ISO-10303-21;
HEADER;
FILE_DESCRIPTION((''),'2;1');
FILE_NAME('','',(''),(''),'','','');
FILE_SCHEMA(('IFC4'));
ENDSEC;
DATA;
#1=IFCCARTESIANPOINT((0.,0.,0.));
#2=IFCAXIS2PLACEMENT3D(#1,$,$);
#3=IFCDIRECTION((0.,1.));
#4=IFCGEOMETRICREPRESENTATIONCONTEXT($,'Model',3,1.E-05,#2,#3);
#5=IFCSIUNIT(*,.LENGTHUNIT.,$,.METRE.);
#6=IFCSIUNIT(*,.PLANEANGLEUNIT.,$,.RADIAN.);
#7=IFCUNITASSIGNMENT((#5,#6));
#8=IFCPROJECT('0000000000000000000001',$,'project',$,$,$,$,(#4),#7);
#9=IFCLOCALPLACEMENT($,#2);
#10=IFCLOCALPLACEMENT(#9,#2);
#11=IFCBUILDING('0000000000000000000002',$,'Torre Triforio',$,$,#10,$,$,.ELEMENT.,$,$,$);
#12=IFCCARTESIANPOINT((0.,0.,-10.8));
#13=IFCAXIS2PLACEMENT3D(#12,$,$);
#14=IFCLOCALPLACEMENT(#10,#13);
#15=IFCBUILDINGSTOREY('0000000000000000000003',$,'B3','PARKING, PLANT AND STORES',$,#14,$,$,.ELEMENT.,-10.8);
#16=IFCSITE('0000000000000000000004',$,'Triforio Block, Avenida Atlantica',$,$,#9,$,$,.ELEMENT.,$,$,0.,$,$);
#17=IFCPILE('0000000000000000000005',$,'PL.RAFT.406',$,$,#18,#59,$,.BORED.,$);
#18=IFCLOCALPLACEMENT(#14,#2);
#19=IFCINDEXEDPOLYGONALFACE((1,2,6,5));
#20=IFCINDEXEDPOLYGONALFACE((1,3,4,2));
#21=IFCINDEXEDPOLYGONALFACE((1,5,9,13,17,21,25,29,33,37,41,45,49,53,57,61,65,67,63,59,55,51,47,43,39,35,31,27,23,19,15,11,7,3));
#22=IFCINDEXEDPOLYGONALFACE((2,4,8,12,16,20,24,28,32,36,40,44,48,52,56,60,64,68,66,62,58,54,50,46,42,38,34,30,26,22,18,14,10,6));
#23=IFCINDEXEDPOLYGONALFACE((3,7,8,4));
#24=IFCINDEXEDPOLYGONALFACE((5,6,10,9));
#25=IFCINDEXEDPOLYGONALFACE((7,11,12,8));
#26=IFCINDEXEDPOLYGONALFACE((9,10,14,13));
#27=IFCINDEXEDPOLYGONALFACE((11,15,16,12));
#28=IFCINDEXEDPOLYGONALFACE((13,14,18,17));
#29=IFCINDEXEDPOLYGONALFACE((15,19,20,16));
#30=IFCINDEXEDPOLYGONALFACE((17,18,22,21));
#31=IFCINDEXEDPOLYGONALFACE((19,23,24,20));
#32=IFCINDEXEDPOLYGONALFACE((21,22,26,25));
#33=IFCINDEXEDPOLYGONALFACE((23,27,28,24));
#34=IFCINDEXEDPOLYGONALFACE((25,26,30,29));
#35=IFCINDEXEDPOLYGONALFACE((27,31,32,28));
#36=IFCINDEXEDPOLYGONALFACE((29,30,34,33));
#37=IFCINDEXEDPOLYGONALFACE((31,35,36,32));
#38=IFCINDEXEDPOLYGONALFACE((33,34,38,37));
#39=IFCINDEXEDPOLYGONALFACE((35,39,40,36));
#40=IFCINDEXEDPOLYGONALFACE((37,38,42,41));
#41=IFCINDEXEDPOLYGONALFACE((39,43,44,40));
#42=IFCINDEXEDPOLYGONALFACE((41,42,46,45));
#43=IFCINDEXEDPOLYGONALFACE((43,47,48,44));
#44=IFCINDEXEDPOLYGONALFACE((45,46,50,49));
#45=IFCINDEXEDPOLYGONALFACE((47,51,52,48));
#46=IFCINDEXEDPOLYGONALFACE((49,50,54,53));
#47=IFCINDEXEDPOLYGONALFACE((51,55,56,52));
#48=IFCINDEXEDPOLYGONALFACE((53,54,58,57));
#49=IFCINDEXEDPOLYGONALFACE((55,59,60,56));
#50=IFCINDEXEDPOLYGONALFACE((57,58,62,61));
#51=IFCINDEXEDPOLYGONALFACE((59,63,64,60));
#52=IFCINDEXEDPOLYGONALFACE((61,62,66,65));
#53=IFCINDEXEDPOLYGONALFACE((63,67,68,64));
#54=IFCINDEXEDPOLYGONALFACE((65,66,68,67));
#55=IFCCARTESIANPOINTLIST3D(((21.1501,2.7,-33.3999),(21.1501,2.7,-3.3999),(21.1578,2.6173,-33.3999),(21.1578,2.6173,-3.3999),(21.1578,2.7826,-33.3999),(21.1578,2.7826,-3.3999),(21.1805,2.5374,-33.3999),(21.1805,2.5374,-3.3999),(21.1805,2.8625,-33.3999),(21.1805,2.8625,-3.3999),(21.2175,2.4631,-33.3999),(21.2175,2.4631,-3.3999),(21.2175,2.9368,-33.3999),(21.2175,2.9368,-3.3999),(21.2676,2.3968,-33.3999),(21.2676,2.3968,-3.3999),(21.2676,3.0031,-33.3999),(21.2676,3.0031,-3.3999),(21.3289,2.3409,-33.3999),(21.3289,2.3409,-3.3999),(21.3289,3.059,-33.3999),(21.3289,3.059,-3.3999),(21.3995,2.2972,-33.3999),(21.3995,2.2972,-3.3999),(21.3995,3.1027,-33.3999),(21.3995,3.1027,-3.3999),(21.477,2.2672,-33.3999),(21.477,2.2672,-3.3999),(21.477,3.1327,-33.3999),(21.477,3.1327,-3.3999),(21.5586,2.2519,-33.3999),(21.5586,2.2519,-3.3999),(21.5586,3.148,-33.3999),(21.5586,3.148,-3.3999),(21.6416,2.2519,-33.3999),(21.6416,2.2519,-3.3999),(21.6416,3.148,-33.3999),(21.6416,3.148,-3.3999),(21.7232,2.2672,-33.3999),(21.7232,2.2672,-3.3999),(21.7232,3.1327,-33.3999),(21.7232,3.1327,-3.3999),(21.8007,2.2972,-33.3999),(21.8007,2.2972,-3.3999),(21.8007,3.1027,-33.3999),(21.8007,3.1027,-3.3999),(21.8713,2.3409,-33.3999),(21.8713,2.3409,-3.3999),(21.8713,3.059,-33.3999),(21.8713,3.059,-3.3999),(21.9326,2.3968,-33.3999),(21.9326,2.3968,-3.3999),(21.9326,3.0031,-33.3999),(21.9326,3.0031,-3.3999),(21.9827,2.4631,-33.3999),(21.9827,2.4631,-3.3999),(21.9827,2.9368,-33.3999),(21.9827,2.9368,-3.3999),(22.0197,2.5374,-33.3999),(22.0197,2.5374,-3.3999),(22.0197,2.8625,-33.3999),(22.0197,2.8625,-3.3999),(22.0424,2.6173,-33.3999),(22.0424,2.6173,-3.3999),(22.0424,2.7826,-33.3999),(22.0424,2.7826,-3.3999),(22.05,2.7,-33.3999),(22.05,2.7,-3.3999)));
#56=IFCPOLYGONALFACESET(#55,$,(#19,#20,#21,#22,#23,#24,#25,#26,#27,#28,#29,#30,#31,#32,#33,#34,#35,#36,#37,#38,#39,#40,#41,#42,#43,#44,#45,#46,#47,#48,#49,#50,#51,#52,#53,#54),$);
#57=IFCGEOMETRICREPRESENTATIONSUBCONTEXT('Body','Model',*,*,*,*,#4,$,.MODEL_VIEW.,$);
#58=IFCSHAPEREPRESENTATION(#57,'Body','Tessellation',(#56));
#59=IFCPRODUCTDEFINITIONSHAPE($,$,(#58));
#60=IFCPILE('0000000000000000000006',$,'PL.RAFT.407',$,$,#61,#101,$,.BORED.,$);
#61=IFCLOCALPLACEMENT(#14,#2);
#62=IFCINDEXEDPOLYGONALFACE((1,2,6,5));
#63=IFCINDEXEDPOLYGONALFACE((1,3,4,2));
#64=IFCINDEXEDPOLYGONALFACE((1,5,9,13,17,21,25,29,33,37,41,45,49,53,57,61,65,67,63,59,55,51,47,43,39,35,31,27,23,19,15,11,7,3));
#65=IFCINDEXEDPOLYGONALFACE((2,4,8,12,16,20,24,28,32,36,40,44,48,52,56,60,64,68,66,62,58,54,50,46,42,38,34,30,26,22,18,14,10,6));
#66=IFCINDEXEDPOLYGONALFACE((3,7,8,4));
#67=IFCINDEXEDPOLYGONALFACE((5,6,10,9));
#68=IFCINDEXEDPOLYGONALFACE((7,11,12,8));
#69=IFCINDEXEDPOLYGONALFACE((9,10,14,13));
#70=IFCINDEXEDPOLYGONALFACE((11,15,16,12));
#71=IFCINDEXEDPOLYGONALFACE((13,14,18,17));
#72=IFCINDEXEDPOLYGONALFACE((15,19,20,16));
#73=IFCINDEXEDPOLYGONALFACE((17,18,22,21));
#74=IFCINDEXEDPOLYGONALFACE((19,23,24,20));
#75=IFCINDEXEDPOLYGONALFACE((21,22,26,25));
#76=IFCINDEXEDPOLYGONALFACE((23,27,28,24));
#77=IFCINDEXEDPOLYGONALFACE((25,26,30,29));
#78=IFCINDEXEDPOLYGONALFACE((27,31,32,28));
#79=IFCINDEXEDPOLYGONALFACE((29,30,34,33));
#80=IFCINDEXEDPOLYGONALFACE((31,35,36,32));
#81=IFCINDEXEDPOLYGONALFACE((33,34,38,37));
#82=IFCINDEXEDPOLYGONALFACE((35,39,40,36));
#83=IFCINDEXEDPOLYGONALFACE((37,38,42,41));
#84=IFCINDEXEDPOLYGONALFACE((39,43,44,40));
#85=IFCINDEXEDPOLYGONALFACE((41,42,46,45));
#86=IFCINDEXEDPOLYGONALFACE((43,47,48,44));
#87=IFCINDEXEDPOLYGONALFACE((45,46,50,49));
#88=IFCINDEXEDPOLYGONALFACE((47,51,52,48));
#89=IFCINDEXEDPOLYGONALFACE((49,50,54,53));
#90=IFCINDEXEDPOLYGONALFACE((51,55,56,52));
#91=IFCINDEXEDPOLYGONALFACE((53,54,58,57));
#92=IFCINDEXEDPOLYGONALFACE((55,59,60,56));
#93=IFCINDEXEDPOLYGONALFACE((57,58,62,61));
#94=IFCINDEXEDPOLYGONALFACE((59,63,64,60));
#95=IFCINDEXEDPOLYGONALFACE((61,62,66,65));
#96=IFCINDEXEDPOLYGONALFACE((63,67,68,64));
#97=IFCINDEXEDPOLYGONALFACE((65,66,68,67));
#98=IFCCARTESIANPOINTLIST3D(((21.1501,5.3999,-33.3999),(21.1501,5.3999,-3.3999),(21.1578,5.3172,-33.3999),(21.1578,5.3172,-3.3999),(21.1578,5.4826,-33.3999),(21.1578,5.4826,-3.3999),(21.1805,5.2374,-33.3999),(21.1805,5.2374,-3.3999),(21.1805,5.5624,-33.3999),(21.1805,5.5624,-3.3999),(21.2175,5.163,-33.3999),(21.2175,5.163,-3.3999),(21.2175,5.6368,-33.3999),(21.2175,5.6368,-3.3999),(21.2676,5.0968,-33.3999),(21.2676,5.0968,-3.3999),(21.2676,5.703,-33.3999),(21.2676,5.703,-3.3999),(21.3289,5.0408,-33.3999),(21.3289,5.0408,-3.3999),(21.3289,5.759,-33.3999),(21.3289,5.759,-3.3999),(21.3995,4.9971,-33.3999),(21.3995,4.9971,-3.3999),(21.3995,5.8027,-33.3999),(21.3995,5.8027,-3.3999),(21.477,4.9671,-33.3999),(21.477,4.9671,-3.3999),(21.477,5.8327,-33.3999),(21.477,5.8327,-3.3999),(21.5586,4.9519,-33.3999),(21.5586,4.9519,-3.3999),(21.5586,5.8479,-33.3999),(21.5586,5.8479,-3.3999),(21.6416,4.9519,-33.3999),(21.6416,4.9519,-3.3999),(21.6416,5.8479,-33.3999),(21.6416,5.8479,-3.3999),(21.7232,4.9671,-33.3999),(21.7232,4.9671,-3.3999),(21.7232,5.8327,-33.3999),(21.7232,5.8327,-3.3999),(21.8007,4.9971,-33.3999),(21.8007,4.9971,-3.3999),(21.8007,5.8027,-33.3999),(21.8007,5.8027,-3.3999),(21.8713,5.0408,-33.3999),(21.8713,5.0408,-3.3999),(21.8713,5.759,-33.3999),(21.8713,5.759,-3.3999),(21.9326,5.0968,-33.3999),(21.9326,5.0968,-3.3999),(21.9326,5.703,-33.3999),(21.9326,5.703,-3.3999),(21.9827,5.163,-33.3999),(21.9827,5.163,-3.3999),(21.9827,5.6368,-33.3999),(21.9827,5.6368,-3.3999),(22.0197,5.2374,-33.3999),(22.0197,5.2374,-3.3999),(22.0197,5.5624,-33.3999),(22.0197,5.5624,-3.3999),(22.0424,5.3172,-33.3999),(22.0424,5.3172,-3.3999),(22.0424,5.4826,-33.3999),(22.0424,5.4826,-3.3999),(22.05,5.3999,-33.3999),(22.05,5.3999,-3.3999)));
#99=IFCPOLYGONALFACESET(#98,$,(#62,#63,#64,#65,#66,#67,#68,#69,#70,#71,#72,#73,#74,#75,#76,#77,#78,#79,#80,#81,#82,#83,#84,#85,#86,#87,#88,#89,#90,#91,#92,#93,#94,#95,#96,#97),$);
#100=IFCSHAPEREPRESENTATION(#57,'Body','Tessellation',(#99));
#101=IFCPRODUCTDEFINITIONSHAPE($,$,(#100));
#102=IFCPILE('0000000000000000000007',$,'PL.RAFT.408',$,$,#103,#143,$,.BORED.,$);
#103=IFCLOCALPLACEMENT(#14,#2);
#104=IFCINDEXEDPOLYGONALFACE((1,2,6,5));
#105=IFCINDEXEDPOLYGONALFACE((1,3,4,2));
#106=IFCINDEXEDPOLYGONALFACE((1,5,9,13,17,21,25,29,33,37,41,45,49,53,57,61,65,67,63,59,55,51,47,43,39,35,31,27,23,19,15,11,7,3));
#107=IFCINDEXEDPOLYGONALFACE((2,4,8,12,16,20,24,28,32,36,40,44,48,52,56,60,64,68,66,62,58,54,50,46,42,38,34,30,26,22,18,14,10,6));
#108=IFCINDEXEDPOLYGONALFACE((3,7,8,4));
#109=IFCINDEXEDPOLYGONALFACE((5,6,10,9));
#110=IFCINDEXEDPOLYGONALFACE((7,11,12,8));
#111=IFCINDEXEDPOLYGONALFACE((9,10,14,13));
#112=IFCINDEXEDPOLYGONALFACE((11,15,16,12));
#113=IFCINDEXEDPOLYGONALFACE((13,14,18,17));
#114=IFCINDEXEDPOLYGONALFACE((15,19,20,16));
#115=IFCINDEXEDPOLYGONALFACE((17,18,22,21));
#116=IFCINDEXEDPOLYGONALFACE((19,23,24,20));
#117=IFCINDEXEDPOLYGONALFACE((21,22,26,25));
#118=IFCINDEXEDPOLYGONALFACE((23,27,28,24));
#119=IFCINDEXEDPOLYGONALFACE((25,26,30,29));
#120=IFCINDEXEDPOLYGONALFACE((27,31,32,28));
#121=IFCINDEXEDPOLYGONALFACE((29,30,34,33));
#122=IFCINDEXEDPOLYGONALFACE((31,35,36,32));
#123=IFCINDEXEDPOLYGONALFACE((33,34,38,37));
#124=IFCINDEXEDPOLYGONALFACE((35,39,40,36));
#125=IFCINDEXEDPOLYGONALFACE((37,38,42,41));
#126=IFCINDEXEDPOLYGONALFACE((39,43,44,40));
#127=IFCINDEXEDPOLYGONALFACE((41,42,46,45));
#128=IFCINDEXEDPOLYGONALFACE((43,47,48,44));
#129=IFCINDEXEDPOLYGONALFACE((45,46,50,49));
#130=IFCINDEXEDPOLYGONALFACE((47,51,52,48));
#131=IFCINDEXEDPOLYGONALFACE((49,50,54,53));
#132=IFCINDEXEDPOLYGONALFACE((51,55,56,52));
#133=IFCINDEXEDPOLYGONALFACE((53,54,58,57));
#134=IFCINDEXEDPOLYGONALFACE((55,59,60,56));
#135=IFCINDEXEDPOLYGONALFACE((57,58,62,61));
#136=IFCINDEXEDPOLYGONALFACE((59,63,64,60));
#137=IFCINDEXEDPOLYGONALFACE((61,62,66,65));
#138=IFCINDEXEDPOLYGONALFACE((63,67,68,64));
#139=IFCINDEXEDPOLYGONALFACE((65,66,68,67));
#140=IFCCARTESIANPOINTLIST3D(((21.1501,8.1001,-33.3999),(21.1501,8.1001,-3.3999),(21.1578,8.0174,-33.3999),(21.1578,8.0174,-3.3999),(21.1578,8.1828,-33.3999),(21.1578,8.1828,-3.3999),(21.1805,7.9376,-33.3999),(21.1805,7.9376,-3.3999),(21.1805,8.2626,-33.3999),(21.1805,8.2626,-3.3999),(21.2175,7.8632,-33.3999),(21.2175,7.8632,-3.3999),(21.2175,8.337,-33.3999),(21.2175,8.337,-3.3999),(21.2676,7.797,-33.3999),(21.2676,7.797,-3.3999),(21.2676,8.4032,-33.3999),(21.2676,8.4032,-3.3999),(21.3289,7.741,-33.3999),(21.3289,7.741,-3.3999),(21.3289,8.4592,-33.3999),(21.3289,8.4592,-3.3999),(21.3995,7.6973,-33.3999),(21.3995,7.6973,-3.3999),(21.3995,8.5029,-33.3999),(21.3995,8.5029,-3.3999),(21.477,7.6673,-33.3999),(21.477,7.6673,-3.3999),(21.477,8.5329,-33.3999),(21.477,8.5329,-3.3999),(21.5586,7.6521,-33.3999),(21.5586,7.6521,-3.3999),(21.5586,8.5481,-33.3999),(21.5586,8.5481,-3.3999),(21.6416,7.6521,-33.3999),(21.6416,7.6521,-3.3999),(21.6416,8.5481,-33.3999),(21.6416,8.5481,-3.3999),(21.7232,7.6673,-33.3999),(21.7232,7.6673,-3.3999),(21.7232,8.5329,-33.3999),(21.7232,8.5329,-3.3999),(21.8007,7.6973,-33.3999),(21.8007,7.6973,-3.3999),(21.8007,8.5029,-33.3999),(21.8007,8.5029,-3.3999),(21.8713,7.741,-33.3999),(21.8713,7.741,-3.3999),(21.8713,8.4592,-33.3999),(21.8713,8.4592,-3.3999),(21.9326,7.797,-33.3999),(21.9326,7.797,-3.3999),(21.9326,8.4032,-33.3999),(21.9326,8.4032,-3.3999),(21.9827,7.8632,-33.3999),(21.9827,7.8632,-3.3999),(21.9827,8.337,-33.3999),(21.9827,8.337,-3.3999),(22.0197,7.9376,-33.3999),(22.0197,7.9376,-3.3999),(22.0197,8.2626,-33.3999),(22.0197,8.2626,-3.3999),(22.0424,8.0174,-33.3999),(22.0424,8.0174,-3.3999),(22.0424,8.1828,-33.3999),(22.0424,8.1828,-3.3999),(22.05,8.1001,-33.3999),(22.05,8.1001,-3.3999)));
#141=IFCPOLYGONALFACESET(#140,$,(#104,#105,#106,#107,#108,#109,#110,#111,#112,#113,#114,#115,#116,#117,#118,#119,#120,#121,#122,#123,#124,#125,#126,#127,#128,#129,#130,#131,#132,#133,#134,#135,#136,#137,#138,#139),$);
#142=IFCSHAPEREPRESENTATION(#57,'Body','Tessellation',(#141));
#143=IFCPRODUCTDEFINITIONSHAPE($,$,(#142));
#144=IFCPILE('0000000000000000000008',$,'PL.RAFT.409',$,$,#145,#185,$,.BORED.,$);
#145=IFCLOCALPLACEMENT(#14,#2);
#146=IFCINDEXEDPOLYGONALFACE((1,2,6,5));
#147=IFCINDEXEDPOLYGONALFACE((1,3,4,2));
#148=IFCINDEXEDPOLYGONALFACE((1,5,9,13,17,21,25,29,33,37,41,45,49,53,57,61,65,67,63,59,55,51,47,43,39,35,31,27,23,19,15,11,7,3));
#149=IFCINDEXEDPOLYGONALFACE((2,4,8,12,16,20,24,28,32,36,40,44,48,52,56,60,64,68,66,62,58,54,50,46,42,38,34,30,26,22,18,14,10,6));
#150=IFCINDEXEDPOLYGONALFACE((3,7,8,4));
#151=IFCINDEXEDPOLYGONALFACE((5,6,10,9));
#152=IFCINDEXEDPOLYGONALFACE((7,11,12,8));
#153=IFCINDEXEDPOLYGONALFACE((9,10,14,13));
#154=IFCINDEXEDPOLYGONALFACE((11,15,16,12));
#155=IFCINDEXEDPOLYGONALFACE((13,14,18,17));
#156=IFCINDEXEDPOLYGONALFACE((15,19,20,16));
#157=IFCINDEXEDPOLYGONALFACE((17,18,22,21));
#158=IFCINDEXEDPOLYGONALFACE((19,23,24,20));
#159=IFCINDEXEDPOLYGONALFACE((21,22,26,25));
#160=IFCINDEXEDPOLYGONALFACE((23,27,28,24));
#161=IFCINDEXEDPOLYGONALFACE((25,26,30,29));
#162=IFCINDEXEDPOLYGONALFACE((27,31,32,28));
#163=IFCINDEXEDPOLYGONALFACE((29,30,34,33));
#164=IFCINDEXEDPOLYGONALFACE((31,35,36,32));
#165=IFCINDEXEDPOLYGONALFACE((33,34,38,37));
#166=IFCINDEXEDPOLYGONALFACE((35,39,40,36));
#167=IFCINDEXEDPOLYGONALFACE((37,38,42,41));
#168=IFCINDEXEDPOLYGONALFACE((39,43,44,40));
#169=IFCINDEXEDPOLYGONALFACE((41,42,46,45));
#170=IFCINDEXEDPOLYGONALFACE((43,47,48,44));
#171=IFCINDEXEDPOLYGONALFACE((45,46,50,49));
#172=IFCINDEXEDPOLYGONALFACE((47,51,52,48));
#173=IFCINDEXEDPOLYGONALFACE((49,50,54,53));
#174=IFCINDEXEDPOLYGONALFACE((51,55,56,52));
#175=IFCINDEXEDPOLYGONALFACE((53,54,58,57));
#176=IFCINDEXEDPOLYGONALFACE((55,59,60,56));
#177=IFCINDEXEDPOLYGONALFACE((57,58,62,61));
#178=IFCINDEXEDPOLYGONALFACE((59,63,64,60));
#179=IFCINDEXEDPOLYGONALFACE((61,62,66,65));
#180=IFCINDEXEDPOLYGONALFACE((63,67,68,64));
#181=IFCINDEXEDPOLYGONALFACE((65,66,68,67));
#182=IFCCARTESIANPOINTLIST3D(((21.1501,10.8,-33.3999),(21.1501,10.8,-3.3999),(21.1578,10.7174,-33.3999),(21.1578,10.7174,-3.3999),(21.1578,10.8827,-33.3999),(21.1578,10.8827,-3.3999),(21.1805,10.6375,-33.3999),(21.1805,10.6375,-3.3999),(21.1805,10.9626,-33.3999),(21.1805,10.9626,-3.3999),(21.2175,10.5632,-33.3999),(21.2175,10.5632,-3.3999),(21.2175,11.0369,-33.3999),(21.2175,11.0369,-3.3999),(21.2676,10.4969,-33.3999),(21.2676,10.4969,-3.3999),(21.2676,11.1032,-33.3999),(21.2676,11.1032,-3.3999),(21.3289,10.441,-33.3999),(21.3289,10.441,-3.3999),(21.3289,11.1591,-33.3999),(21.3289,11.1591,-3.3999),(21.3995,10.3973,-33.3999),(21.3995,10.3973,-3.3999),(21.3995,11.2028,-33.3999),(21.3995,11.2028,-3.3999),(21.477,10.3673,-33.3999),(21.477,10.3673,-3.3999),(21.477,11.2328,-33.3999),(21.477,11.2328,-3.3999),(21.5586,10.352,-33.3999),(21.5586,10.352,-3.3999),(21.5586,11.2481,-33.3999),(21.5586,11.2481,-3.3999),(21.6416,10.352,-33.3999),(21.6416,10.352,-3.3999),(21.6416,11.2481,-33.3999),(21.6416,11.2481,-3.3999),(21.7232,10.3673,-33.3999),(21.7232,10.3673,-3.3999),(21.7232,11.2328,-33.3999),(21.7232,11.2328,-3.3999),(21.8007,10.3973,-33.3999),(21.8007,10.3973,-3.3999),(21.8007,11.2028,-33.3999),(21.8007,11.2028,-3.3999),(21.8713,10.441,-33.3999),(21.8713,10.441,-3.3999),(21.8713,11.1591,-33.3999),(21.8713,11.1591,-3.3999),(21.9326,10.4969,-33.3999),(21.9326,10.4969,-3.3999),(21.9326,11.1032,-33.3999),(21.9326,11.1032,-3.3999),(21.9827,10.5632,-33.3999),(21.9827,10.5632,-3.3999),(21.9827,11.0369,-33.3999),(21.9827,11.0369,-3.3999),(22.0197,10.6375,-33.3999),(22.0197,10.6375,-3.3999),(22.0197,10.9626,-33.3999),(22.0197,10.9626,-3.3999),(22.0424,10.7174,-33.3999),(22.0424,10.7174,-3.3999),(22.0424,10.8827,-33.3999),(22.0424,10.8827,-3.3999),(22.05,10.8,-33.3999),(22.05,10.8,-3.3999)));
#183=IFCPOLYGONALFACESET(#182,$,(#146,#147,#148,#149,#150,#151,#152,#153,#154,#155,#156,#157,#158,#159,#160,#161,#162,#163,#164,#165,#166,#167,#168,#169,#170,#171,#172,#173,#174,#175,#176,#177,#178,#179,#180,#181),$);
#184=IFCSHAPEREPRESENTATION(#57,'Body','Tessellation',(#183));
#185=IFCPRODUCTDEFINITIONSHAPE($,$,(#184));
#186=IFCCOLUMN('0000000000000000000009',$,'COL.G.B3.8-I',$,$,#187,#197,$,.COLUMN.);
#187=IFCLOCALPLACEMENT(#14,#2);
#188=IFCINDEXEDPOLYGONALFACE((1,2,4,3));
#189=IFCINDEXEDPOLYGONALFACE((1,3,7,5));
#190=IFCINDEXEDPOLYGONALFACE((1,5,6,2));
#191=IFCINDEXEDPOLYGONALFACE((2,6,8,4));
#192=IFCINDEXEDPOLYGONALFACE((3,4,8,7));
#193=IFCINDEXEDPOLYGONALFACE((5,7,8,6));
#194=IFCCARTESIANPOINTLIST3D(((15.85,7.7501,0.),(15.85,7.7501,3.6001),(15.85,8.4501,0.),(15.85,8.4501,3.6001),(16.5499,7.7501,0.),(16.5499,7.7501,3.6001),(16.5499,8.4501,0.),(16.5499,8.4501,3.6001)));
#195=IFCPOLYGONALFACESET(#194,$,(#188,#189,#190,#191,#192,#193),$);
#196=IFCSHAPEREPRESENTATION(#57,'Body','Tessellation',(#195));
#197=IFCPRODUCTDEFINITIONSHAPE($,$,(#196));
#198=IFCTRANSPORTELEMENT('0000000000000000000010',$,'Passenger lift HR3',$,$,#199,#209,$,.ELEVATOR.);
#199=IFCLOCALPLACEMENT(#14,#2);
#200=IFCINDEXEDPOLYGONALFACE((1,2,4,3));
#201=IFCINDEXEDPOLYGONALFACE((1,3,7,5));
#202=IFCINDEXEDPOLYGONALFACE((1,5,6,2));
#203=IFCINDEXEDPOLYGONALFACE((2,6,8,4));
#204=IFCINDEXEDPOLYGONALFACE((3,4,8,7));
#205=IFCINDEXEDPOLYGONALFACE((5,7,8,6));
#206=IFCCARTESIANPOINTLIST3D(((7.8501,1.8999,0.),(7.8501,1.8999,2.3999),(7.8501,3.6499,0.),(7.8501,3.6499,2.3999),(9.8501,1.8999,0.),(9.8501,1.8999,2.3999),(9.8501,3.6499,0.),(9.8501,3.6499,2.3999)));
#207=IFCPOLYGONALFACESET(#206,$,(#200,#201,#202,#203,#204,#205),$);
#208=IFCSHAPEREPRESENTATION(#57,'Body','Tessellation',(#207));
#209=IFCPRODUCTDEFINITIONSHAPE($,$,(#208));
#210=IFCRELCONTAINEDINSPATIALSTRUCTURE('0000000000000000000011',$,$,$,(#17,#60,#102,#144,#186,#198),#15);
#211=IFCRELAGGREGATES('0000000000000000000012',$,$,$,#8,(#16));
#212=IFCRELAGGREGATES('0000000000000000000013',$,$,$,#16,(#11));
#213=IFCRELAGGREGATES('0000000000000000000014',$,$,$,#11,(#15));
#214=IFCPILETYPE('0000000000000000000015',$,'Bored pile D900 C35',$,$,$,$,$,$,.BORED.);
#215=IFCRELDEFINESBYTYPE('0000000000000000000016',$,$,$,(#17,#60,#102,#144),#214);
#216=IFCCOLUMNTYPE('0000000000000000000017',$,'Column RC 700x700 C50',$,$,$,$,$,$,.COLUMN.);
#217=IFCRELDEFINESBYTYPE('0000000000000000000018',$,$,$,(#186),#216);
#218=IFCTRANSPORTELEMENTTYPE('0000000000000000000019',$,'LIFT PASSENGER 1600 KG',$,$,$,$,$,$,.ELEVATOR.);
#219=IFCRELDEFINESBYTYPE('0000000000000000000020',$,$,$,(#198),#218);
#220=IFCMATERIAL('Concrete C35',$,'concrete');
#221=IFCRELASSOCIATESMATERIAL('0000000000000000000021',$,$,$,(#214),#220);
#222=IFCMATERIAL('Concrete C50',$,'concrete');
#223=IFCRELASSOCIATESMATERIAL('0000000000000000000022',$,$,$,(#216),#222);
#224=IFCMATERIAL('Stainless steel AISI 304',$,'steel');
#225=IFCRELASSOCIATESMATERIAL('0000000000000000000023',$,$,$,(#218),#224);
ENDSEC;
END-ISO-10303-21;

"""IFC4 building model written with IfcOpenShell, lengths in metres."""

from ifc_helpers import new_model, si_unit, direction, frame, origin, origin_2d, place, context, subcontext, project, spatial, rectangle, circle, extrude, material, material_profile, profile_set, type_object, element, save


model = new_model("IFC4")

# Units and contexts
model_context = context("Model", 3, precision=1e-05, world=origin(), true_north=direction((0.0, 1.0)))
body_context = subcontext(model_context, "Body", "Model", "MODEL_VIEW")
ifc_project = project(units=[si_unit("LENGTHUNIT", "METRE"), si_unit("PLANEANGLEUNIT", "RADIAN")], contexts=[model_context])

# Site, building, storey
site_placement = place(None, origin())
site = spatial("IfcSite", under=ifc_project, at=site_placement, Name="Triforio Block, Avenida Atlantica", CompositionType="ELEMENT", RefElevation=0.0)
building_placement = place(site_placement, origin())
building = spatial("IfcBuilding", under=site, at=building_placement, Name="Torre Triforio", CompositionType="ELEMENT")
storey_placement = place(building_placement, frame((0.0, 0.0, -10.8)))
storey = spatial("IfcBuildingStorey", under=building, at=storey_placement, Name="B3", Description="PARKING, PLANT AND STORES", CompositionType="ELEMENT", Elevation=-10.8)

# Piles
ifc_material_1 = material(Name="Concrete C35", Category="concrete")
ifc_material_profile_1 = material_profile(ifc_material_1, circle(Radius=0.45, at=origin_2d()), Name="RC D900")
ifc_profile_set_1 = profile_set([ifc_material_profile_1], Name="Concrete C35")
pile_type = type_object("IfcPileType", Name="Bored pile D900 C35", PredefinedType="BORED", material=ifc_profile_set_1)
for number, where, z_axis, x_axis, name in (
    (1, (21.6001, 2.7, -3.3999), (0.0, 0.0, -1.0), (1.0, 0.0, 0.0), "PL.RAFT.406"),
    (2, (21.6001, 5.3999, -3.3999), (0.0, 0.0, -1.0), (1.0, 0.0, 0.0), "PL.RAFT.407"),
    (3, (21.6001, 8.1001, -3.3999), (0.0, 0.0, -1.0), (1.0, 0.0, 0.0), "PL.RAFT.408"),
    (4, (21.6001, 10.8, -3.3999), (0.0, 0.0, -1.0), (1.0, 0.0, 0.0), "PL.RAFT.409"),
):
    element("IfcPile", number, at=place(storey_placement, frame(where, z_axis=z_axis, x_axis=x_axis)), inside=storey, type_object=pile_type, Name=name, PredefinedType="BORED", context=body_context, shape_type="SweptSolid", body=[
        extrude(circle(Radius=0.45, at=origin_2d()), origin(), (0.0, 0.0, 1.0), 30.0),
    ])

# Column
ifc_material_2 = material(Name="Concrete C50", Category="concrete")
ifc_material_profile_2 = material_profile(ifc_material_2, rectangle(XDim=0.7, YDim=0.7, at=origin_2d()), Name="RC 700x700")
ifc_profile_set_2 = profile_set([ifc_material_profile_2], Name="Concrete C50")
column_type = type_object("IfcColumnType", Name="Column RC 700x700 C50", PredefinedType="COLUMN", material=ifc_profile_set_2)
column_placement = place(storey_placement, frame((16.2, 8.1001, 0.0), z_axis=(0.0, 0.0, 1.0), x_axis=(1.0, 0.0, 0.0)))
element("IfcColumn", 5, at=column_placement, inside=storey, type_object=column_type, Name="COL.G.B3.8-I", PredefinedType="COLUMN", context=body_context, shape_type="SweptSolid", body=[
    extrude(rectangle(XDim=0.7, YDim=0.7, at=origin_2d()), origin(), (0.0, 0.0, 1.0), 3.6001),
])

# Transport element
ifc_material_3 = material(Name="Stainless steel AISI 304", Category="steel")
transport_element_type = type_object("IfcTransportElementType", Name="LIFT PASSENGER 1600 KG", PredefinedType="ELEVATOR", material=ifc_material_3)
transport_element_placement = place(storey_placement, frame((8.8501, 2.7749, 0.0), z_axis=(0.0, 0.0, 1.0), x_axis=(1.0, 0.0, 0.0)))
element("IfcTransportElement", 6, at=transport_element_placement, inside=storey, type_object=transport_element_type, Name="Passenger lift HR3", PredefinedType="ELEVATOR", context=body_context, shape_type="SweptSolid", body=[
    extrude(rectangle(XDim=2.0, YDim=1.75, at=origin_2d()), origin(), (0.0, 0.0, 1.0), 2.3999),
])

save(model, "model.ifc")
